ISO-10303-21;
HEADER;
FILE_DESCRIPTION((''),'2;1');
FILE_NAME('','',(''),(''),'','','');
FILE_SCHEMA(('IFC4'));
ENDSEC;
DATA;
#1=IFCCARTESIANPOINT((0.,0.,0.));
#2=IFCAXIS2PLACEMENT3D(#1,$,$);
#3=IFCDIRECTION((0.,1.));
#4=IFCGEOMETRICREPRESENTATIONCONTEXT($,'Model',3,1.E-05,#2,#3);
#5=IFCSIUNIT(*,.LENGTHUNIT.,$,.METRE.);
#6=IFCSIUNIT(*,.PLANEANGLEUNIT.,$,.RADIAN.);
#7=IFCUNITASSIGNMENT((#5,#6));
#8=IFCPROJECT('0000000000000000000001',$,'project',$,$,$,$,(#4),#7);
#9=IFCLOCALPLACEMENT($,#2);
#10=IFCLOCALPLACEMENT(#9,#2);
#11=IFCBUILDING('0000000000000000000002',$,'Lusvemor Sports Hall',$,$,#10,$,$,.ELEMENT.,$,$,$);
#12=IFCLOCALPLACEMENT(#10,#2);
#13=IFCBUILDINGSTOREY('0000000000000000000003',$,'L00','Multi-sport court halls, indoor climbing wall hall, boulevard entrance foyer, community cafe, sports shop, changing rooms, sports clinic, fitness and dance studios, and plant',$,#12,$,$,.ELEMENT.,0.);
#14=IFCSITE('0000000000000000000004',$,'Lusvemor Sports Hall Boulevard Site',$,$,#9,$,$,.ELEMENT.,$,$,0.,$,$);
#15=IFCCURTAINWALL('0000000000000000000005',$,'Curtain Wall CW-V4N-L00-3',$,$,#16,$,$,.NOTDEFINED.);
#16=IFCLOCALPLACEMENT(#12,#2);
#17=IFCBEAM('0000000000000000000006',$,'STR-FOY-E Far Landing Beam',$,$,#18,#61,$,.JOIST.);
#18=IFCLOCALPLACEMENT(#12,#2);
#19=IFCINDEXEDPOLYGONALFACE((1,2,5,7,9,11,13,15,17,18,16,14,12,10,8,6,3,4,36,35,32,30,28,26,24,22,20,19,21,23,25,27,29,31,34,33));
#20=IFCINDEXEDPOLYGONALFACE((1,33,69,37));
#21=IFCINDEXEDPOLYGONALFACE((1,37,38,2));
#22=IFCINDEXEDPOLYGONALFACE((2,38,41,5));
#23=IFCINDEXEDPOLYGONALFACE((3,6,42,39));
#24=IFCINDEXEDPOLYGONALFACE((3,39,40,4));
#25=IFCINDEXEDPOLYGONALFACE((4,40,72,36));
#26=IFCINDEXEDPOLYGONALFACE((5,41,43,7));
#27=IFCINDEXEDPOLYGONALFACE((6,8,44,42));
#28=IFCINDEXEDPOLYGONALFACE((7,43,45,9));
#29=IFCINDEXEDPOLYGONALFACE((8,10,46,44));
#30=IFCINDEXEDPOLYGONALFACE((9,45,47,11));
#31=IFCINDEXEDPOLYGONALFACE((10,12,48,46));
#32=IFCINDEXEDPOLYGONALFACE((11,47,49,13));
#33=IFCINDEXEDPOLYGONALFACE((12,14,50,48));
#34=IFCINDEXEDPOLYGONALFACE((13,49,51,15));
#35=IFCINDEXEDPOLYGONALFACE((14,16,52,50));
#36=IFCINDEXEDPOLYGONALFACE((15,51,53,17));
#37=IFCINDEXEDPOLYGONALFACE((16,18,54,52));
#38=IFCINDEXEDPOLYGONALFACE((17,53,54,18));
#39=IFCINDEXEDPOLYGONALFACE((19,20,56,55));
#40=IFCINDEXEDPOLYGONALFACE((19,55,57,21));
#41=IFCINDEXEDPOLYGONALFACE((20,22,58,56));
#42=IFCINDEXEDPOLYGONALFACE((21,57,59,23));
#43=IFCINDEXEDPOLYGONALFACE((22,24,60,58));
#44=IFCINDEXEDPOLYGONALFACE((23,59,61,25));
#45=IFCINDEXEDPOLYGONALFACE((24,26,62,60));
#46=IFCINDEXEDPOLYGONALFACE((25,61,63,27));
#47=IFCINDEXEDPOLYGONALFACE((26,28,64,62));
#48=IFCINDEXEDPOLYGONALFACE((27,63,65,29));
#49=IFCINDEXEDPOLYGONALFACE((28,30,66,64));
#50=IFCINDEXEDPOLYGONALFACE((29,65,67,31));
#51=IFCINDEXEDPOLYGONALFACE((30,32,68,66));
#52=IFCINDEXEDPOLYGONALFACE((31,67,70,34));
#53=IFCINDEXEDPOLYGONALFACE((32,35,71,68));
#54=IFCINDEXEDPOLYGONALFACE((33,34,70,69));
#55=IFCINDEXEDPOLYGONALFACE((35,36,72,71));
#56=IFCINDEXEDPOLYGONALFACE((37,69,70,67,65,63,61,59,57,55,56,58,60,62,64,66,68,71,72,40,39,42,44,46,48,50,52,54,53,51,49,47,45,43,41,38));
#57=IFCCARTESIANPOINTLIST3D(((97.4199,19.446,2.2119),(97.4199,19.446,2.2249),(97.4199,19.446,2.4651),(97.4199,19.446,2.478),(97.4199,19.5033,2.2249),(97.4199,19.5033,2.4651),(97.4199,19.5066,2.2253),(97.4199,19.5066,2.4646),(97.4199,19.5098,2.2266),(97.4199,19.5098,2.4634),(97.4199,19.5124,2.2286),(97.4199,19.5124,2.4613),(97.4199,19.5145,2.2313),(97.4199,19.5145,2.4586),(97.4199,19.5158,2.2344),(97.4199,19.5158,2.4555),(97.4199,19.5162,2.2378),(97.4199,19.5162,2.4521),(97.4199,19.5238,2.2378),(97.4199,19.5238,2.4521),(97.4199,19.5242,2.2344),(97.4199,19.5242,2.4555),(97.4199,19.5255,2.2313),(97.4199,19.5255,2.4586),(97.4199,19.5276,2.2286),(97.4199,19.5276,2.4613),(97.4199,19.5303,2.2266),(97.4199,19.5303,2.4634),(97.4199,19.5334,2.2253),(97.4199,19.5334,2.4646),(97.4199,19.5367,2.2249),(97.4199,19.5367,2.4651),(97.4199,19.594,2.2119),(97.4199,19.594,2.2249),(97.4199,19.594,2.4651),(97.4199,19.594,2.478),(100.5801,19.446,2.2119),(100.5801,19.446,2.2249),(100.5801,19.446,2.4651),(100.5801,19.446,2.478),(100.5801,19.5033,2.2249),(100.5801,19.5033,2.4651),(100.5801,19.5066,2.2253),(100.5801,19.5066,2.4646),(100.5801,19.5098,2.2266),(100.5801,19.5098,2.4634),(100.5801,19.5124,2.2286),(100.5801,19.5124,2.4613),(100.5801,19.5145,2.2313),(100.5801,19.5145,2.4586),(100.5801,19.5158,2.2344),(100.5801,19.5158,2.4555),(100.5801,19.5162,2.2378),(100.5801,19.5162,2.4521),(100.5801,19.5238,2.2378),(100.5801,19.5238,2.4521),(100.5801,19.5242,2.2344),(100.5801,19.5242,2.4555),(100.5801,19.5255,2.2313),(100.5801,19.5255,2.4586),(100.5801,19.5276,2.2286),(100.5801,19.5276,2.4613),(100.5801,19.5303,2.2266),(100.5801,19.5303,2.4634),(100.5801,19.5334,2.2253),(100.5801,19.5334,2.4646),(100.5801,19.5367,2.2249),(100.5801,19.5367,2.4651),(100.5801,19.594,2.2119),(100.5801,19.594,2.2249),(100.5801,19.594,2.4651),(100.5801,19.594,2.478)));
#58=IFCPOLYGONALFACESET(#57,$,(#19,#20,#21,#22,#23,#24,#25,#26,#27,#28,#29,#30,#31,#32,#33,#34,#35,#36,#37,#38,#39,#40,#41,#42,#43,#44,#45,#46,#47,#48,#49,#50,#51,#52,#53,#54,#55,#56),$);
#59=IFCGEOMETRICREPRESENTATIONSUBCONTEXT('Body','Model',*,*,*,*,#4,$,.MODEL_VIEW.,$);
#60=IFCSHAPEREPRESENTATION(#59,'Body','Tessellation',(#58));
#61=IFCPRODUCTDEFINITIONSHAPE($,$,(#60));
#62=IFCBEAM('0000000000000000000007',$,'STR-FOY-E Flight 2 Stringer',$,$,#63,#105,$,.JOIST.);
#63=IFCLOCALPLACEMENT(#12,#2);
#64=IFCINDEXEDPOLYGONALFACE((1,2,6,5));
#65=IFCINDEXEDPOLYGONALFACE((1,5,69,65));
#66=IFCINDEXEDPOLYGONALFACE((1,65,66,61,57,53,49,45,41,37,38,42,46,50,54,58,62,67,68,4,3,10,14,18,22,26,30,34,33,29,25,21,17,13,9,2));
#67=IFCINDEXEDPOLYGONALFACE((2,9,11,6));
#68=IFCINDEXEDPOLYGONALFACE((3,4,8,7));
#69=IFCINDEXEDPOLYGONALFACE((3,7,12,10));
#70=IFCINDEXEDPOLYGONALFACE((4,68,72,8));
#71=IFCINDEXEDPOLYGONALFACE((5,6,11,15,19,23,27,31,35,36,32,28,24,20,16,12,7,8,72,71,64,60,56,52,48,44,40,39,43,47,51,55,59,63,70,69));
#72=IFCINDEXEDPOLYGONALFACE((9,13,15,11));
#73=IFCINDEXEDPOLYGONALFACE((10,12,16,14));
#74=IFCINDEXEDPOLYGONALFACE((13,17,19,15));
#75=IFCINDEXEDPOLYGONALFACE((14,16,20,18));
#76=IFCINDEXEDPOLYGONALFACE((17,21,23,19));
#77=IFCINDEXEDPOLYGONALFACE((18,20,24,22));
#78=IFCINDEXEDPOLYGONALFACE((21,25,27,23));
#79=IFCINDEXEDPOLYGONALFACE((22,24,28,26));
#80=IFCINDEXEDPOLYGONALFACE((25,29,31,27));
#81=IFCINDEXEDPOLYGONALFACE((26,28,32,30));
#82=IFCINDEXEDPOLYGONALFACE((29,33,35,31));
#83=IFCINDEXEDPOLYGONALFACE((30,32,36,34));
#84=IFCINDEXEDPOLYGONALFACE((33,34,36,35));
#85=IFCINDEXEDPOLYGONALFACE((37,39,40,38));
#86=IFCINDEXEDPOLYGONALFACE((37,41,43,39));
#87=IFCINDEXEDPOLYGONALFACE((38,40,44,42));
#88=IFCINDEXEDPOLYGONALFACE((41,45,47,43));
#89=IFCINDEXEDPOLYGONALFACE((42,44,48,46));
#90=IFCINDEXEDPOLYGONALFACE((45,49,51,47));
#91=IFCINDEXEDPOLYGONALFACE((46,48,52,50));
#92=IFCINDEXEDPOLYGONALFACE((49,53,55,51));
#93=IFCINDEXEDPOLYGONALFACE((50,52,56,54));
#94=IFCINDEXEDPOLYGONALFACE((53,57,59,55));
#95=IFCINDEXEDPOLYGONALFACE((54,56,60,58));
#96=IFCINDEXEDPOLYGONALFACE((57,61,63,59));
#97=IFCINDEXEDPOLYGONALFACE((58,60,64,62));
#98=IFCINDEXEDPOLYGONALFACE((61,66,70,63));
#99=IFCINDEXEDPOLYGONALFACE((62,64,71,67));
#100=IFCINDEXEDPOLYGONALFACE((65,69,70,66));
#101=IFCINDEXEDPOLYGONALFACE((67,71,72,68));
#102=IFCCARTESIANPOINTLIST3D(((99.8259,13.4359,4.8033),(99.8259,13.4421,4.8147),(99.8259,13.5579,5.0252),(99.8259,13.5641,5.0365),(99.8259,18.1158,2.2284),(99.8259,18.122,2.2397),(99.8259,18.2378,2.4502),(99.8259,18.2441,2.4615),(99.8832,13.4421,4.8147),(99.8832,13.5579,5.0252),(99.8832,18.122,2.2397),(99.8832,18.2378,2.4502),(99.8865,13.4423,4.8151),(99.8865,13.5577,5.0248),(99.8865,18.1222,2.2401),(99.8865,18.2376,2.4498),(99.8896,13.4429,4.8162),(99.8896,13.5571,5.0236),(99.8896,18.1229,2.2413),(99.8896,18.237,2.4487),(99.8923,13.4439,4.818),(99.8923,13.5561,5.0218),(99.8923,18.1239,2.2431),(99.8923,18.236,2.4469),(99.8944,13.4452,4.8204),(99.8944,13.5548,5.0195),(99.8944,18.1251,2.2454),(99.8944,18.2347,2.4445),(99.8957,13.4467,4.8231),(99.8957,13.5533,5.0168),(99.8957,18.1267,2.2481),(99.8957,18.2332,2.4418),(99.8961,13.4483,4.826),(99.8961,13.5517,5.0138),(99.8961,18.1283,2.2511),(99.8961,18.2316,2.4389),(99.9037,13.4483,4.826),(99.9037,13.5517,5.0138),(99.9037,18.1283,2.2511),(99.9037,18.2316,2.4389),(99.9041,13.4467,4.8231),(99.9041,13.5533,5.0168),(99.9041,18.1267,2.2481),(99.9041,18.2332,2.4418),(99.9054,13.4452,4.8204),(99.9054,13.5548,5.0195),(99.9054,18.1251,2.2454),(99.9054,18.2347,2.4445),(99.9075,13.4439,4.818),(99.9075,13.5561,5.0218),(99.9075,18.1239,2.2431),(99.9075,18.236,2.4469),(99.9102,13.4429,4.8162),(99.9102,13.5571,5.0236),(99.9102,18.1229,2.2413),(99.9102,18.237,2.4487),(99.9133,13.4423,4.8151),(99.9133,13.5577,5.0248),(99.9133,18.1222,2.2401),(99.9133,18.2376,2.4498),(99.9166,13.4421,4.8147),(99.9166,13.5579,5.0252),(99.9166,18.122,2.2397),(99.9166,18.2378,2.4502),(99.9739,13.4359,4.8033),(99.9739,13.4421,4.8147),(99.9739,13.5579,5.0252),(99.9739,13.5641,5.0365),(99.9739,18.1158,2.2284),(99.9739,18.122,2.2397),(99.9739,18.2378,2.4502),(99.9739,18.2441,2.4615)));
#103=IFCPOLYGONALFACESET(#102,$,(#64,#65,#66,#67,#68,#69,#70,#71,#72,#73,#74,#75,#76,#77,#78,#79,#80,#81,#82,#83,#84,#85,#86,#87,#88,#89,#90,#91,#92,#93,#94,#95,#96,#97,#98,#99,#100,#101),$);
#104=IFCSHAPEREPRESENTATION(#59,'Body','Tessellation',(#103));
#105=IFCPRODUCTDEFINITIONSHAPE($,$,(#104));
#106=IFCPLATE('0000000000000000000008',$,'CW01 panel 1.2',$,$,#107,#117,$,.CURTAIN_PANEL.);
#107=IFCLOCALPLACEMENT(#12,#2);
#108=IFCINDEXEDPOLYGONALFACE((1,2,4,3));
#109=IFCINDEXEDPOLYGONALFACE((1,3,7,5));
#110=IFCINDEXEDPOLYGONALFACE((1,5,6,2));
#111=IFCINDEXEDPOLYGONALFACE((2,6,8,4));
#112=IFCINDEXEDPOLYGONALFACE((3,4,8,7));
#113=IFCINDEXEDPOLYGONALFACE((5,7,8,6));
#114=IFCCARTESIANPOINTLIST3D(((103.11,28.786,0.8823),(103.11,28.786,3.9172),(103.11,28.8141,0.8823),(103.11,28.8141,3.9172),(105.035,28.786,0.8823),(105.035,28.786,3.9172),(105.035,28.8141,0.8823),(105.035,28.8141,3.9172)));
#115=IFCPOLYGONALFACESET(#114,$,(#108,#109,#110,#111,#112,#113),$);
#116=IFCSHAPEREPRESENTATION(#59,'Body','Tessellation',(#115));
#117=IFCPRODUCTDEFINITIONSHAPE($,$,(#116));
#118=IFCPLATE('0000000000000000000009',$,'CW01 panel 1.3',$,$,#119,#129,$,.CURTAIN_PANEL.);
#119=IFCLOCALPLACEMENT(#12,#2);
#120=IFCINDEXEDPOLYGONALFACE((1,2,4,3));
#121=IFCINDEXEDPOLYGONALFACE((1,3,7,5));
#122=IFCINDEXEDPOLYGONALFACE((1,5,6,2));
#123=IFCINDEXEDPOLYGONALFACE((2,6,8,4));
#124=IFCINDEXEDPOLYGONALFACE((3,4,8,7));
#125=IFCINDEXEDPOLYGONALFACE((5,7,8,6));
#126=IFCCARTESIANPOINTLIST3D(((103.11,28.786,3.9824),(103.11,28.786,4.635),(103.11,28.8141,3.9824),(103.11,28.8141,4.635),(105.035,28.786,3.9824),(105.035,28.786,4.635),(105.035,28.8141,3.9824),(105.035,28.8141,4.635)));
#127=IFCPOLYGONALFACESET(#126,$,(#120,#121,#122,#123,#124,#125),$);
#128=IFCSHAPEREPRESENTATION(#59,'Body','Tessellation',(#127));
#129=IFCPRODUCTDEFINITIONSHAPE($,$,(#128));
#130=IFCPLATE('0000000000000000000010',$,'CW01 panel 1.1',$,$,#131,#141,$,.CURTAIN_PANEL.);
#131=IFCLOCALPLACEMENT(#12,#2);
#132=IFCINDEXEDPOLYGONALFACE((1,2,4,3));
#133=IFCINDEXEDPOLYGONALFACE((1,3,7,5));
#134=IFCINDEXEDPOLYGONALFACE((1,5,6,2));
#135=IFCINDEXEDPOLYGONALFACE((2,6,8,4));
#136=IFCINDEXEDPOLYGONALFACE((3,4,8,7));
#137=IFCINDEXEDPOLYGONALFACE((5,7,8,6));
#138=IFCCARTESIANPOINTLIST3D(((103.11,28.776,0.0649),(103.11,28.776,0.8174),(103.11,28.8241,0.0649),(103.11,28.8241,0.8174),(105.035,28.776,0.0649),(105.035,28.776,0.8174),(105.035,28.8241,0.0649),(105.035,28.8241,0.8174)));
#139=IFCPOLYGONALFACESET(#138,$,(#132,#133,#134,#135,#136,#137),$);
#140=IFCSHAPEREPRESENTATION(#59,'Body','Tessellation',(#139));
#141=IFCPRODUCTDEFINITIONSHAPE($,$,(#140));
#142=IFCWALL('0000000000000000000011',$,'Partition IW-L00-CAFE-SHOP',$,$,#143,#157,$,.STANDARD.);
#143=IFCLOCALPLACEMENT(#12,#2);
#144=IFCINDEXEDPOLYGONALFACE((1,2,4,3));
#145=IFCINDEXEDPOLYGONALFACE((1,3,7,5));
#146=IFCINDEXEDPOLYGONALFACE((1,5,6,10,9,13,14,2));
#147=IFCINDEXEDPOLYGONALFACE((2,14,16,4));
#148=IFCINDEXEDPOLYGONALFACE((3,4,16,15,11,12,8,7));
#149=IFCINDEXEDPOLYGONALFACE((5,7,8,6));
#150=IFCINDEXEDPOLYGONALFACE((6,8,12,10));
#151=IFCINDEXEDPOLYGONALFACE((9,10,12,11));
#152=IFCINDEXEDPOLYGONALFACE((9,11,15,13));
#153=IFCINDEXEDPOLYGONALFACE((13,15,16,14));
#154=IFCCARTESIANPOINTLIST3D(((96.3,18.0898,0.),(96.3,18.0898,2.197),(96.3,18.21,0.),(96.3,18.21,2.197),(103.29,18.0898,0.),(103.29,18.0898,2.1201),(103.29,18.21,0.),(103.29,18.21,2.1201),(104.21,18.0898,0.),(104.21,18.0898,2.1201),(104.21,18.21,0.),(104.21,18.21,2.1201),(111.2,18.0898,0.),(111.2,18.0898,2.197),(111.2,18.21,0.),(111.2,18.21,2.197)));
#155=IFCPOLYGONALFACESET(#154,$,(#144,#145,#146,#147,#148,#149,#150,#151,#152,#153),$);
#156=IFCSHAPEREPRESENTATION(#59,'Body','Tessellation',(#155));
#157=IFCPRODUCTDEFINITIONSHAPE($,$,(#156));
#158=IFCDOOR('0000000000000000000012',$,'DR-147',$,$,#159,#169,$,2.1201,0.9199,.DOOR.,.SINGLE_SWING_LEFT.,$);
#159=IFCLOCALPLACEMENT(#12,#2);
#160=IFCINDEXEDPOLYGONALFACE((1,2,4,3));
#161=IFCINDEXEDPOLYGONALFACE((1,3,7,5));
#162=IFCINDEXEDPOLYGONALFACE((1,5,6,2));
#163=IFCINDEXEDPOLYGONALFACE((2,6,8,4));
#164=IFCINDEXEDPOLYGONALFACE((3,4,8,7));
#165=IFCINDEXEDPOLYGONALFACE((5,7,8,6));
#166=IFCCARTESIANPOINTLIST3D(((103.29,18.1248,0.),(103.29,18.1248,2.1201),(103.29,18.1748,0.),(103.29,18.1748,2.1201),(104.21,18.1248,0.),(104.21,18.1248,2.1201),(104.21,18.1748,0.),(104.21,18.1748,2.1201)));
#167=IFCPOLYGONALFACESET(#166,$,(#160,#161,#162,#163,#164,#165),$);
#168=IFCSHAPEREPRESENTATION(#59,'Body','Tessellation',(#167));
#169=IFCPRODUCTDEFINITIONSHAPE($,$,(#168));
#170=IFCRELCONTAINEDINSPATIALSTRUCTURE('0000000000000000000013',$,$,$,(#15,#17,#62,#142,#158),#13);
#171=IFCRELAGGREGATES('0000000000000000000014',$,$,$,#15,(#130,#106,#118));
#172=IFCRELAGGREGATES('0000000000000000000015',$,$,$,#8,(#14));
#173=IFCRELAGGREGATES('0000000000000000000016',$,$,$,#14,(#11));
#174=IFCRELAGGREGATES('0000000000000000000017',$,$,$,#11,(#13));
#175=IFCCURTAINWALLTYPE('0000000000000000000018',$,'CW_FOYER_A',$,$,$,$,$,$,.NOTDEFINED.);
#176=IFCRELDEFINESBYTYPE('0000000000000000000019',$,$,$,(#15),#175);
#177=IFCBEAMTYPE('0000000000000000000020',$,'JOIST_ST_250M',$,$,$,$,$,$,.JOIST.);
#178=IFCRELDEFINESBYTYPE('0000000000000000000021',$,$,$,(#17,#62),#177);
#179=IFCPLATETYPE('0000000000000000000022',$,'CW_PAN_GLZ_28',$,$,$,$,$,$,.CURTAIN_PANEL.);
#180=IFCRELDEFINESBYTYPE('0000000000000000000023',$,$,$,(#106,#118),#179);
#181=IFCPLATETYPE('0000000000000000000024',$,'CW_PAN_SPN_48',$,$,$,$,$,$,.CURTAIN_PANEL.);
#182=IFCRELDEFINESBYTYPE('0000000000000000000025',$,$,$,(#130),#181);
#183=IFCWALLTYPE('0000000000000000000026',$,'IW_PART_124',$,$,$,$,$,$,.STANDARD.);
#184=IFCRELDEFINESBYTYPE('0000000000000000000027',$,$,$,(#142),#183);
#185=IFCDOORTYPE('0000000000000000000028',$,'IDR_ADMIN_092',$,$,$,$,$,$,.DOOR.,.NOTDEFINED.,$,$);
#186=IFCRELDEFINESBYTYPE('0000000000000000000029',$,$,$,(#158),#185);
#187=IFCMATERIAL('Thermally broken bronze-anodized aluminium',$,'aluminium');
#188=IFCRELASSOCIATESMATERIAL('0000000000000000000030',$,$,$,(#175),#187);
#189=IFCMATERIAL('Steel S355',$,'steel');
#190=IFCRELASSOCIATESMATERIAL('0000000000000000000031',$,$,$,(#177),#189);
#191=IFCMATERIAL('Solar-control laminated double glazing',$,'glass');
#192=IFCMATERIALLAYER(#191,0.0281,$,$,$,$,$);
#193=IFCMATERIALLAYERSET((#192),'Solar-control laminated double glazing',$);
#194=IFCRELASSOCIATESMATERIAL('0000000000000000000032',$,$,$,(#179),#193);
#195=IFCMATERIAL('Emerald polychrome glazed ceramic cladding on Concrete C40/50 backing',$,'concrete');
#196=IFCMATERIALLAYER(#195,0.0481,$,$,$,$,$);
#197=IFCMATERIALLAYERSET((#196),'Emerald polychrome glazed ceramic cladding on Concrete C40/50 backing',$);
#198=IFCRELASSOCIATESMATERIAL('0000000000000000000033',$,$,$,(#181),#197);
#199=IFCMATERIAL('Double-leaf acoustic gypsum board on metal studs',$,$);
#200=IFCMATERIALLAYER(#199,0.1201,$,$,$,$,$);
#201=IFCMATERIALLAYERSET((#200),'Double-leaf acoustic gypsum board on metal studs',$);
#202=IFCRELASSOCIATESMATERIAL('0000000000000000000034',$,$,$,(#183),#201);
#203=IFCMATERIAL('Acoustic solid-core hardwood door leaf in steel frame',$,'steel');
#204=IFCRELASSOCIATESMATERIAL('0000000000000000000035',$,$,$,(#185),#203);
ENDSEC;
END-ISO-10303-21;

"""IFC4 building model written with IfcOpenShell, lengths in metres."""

from ifc_helpers import new_model, si_unit, direction, frame, frame_2d, origin, origin_2d, place, context, subcontext, project, spatial, rectangle, i_section, extrude, material, layer, layer_set, material_profile, profile_set, type_object, element, fill, aggregate, save


model = new_model("IFC4")

# Units and contexts
model_context = context("Model", 3, precision=1e-05, world=origin(), true_north=direction((0.0, 1.0)))
body_context = subcontext(model_context, "Body", "Model", "MODEL_VIEW")
ifc_project = project(units=[si_unit("LENGTHUNIT", "METRE"), si_unit("PLANEANGLEUNIT", "RADIAN")], contexts=[model_context])

# Site, building, storey
site_placement = place(None, origin())
site = spatial("IfcSite", under=ifc_project, at=site_placement, Name="Lusvemor Sports Hall Boulevard Site", CompositionType="ELEMENT", RefElevation=0.0)
building_placement = place(site_placement, origin())
building = spatial("IfcBuilding", under=site, at=building_placement, Name="Lusvemor Sports Hall", CompositionType="ELEMENT")
storey_placement = place(building_placement, origin())
storey = spatial("IfcBuildingStorey", under=building, at=storey_placement, Name="L00", Description="Multi-sport court halls, indoor climbing wall hall, boulevard entrance foyer, community cafe, sports shop, changing rooms, sports clinic, fitness and dance studios, and plant", CompositionType="ELEMENT", Elevation=0.0)

# Curtain wall
ifc_material_1 = material(Name="Thermally broken bronze-anodized aluminium", Category="aluminium")
curtain_wall_type = type_object("IfcCurtainWallType", Name="CW_FOYER_A", PredefinedType="NOTDEFINED", material=ifc_material_1)
curtain_wall_placement = place(storey_placement, origin())
curtain_wall = element("IfcCurtainWall", 1, at=curtain_wall_placement, inside=storey, type_object=curtain_wall_type, Name="Curtain Wall CW-V4N-L00-3", PredefinedType="NOTDEFINED")

# Beams
ifc_material_2 = material(Name="Steel S355", Category="steel")
ifc_material_profile_1 = material_profile(ifc_material_2, i_section(OverallWidth=0.1479, OverallDepth=0.2661, WebThickness=0.0076, FlangeThickness=0.0129, FilletRadius=0.0129, at=origin_2d()), Name="W250x44.8")
ifc_profile_set_1 = profile_set([ifc_material_profile_1], Name="Steel S355")
beam_type = type_object("IfcBeamType", Name="JOIST_ST_250M", PredefinedType="JOIST", material=ifc_profile_set_1)
for number, where, z_axis, x_axis, name in (
    (2, (97.4199, 19.52, 2.345), (1.0, 0.0, 0.0), (0.0, 1.0, 0.0), "STR-FOY-E Far Landing Beam"),
):
    element("IfcBeam", number, at=place(storey_placement, frame(where, z_axis=z_axis, x_axis=x_axis)), inside=storey, type_object=beam_type, Name=name, PredefinedType="JOIST", context=body_context, shape_type="SweptSolid", body=[
        extrude(i_section(OverallWidth=0.1479, OverallDepth=0.2661, WebThickness=0.0076, FlangeThickness=0.0129, FilletRadius=0.0129, at=origin_2d()), origin(), (0.0, 0.0, 1.0), 3.1602),
    ])
beam_placement = place(storey_placement, frame((99.8999, 18.1799, 2.345), z_axis=(0.0, -0.876138, 0.482061), x_axis=(1.0, 0.0, 0.0)))
element("IfcBeam", 3, at=beam_placement, inside=storey, type_object=beam_type, Name="STR-FOY-E Flight 2 Stringer", PredefinedType="JOIST", context=body_context, shape_type="SweptSolid", body=[
    extrude(i_section(OverallWidth=0.1479, OverallDepth=0.2661, WebThickness=0.0076, FlangeThickness=0.0129, FilletRadius=0.0129, at=origin_2d()), origin(), (0.0, 0.0, 1.0), 5.3416),
])

# Plates
ifc_material_3 = material(Name="Solar-control laminated double glazing", Category="glass")
ifc_layer_1 = layer(ifc_material_3, 0.0281)
ifc_layer_set_1 = layer_set([ifc_layer_1], Name="Solar-control laminated double glazing")
plate_type_1 = type_object("IfcPlateType", Name="CW_PAN_GLZ_28", PredefinedType="CURTAIN_PANEL", material=ifc_layer_set_1)
plate_1_placement = place(storey_placement, frame((104.0725, 28.8, 0.8823), z_axis=(0.0, 0.0, 1.0), x_axis=(1.0, 0.0, 0.0)))
plate_1 = element("IfcPlate", 4, at=plate_1_placement, type_object=plate_type_1, Name="CW01 panel 1.2", PredefinedType="CURTAIN_PANEL", context=body_context, shape_type="SweptSolid", body=[
    extrude(rectangle(XDim=1.925, YDim=0.0281, at=origin_2d()), origin(), (0.0, 0.0, 1.0), 3.0349),
])
plate_2_placement = place(storey_placement, frame((104.0725, 28.8, 3.9824), z_axis=(0.0, 0.0, 1.0), x_axis=(1.0, 0.0, 0.0)))
plate_2 = element("IfcPlate", 5, at=plate_2_placement, type_object=plate_type_1, Name="CW01 panel 1.3", PredefinedType="CURTAIN_PANEL", context=body_context, shape_type="SweptSolid", body=[
    extrude(rectangle(XDim=1.925, YDim=0.0281, at=origin_2d()), origin(), (0.0, 0.0, 1.0), 0.6526),
])
ifc_material_4 = material(Name="Emerald polychrome glazed ceramic cladding on Concrete C40/50 backing", Category="concrete")
ifc_layer_2 = layer(ifc_material_4, 0.0481)
ifc_layer_set_2 = layer_set([ifc_layer_2], Name="Emerald polychrome glazed ceramic cladding on Concrete C40/50 backing")
plate_type_2 = type_object("IfcPlateType", Name="CW_PAN_SPN_48", PredefinedType="CURTAIN_PANEL", material=ifc_layer_set_2)
plate_3_placement = place(storey_placement, frame((104.0725, 28.8, 0.0649), z_axis=(0.0, 0.0, 1.0), x_axis=(1.0, 0.0, 0.0)))
plate_3 = element("IfcPlate", 6, at=plate_3_placement, type_object=plate_type_2, Name="CW01 panel 1.1", PredefinedType="CURTAIN_PANEL", context=body_context, shape_type="SweptSolid", body=[
    extrude(rectangle(XDim=1.925, YDim=0.0481, at=origin_2d()), origin(), (0.0, 0.0, 1.0), 0.7524),
])
aggregate(curtain_wall, [plate_3, plate_1, plate_2])

# Wall, opening, door
ifc_material_5 = material(Name="Double-leaf acoustic gypsum board on metal studs")
ifc_layer_3 = layer(ifc_material_5, 0.1201)
ifc_layer_set_3 = layer_set([ifc_layer_3], Name="Double-leaf acoustic gypsum board on metal studs")
wall_type_1 = type_object("IfcWallType", Name="IW_PART_124", PredefinedType="STANDARD", material=ifc_layer_set_3)
wall_1_placement = place(storey_placement, frame((96.3, 18.1499, 0.0), z_axis=(0.0, 0.0, 1.0), x_axis=(1.0, 0.0, 0.0)))
wall_1 = element("IfcWall", 7, at=wall_1_placement, inside=storey, type_object=wall_type_1, Name="Partition IW-L00-CAFE-SHOP", PredefinedType="STANDARD", context=body_context, shape_type="SweptSolid", body=[
    extrude(rectangle(XDim=14.8999, YDim=0.1201, at=frame_2d((7.45, 0.0))), origin(), (0.0, 0.0, 1.0), 2.197),
])
opening_1_placement = place(wall_1_placement, frame((6.99, 0.0, 0.0)))
opening_1 = element("IfcOpeningElement", 8, at=opening_1_placement, cuts=wall_1, PredefinedType="OPENING", context=body_context, shape_type="SweptSolid", body=[
    extrude(rectangle(XDim=0.9199, YDim=2.1201, at=frame_2d((0.46, 1.0601))), frame((0.0, 0.0601, 0.0), z_axis=(0.0, -1.0, 0.0), x_axis=(1.0, 0.0, 0.0)), (0.0, 0.0, 1.0), 0.1201),
])
ifc_material_6 = material(Name="Acoustic solid-core hardwood door leaf in steel frame", Category="steel")
door_type_1 = type_object("IfcDoorType", Name="IDR_ADMIN_092", OperationType="NOTDEFINED", PredefinedType="DOOR", material=ifc_material_6)
door_1_placement = place(opening_1_placement, origin())
door_1 = element("IfcDoor", 9, at=door_1_placement, inside=storey, type_object=door_type_1, Name="DR-147", OperationType="SINGLE_SWING_LEFT", OverallHeight=2.1201, OverallWidth=0.9199, PredefinedType="DOOR", context=body_context, shape_type="SweptSolid", body=[
    extrude(rectangle(XDim=0.9199, YDim=2.1201, at=frame_2d((0.46, 1.0601))), frame((0.0, 0.0249, 0.0), z_axis=(0.0, -1.0, 0.0), x_axis=(1.0, 0.0, 0.0)), (0.0, 0.0, 1.0), 0.05),
])
fill(opening_1, door_1)

save(model, "model.ifc")
